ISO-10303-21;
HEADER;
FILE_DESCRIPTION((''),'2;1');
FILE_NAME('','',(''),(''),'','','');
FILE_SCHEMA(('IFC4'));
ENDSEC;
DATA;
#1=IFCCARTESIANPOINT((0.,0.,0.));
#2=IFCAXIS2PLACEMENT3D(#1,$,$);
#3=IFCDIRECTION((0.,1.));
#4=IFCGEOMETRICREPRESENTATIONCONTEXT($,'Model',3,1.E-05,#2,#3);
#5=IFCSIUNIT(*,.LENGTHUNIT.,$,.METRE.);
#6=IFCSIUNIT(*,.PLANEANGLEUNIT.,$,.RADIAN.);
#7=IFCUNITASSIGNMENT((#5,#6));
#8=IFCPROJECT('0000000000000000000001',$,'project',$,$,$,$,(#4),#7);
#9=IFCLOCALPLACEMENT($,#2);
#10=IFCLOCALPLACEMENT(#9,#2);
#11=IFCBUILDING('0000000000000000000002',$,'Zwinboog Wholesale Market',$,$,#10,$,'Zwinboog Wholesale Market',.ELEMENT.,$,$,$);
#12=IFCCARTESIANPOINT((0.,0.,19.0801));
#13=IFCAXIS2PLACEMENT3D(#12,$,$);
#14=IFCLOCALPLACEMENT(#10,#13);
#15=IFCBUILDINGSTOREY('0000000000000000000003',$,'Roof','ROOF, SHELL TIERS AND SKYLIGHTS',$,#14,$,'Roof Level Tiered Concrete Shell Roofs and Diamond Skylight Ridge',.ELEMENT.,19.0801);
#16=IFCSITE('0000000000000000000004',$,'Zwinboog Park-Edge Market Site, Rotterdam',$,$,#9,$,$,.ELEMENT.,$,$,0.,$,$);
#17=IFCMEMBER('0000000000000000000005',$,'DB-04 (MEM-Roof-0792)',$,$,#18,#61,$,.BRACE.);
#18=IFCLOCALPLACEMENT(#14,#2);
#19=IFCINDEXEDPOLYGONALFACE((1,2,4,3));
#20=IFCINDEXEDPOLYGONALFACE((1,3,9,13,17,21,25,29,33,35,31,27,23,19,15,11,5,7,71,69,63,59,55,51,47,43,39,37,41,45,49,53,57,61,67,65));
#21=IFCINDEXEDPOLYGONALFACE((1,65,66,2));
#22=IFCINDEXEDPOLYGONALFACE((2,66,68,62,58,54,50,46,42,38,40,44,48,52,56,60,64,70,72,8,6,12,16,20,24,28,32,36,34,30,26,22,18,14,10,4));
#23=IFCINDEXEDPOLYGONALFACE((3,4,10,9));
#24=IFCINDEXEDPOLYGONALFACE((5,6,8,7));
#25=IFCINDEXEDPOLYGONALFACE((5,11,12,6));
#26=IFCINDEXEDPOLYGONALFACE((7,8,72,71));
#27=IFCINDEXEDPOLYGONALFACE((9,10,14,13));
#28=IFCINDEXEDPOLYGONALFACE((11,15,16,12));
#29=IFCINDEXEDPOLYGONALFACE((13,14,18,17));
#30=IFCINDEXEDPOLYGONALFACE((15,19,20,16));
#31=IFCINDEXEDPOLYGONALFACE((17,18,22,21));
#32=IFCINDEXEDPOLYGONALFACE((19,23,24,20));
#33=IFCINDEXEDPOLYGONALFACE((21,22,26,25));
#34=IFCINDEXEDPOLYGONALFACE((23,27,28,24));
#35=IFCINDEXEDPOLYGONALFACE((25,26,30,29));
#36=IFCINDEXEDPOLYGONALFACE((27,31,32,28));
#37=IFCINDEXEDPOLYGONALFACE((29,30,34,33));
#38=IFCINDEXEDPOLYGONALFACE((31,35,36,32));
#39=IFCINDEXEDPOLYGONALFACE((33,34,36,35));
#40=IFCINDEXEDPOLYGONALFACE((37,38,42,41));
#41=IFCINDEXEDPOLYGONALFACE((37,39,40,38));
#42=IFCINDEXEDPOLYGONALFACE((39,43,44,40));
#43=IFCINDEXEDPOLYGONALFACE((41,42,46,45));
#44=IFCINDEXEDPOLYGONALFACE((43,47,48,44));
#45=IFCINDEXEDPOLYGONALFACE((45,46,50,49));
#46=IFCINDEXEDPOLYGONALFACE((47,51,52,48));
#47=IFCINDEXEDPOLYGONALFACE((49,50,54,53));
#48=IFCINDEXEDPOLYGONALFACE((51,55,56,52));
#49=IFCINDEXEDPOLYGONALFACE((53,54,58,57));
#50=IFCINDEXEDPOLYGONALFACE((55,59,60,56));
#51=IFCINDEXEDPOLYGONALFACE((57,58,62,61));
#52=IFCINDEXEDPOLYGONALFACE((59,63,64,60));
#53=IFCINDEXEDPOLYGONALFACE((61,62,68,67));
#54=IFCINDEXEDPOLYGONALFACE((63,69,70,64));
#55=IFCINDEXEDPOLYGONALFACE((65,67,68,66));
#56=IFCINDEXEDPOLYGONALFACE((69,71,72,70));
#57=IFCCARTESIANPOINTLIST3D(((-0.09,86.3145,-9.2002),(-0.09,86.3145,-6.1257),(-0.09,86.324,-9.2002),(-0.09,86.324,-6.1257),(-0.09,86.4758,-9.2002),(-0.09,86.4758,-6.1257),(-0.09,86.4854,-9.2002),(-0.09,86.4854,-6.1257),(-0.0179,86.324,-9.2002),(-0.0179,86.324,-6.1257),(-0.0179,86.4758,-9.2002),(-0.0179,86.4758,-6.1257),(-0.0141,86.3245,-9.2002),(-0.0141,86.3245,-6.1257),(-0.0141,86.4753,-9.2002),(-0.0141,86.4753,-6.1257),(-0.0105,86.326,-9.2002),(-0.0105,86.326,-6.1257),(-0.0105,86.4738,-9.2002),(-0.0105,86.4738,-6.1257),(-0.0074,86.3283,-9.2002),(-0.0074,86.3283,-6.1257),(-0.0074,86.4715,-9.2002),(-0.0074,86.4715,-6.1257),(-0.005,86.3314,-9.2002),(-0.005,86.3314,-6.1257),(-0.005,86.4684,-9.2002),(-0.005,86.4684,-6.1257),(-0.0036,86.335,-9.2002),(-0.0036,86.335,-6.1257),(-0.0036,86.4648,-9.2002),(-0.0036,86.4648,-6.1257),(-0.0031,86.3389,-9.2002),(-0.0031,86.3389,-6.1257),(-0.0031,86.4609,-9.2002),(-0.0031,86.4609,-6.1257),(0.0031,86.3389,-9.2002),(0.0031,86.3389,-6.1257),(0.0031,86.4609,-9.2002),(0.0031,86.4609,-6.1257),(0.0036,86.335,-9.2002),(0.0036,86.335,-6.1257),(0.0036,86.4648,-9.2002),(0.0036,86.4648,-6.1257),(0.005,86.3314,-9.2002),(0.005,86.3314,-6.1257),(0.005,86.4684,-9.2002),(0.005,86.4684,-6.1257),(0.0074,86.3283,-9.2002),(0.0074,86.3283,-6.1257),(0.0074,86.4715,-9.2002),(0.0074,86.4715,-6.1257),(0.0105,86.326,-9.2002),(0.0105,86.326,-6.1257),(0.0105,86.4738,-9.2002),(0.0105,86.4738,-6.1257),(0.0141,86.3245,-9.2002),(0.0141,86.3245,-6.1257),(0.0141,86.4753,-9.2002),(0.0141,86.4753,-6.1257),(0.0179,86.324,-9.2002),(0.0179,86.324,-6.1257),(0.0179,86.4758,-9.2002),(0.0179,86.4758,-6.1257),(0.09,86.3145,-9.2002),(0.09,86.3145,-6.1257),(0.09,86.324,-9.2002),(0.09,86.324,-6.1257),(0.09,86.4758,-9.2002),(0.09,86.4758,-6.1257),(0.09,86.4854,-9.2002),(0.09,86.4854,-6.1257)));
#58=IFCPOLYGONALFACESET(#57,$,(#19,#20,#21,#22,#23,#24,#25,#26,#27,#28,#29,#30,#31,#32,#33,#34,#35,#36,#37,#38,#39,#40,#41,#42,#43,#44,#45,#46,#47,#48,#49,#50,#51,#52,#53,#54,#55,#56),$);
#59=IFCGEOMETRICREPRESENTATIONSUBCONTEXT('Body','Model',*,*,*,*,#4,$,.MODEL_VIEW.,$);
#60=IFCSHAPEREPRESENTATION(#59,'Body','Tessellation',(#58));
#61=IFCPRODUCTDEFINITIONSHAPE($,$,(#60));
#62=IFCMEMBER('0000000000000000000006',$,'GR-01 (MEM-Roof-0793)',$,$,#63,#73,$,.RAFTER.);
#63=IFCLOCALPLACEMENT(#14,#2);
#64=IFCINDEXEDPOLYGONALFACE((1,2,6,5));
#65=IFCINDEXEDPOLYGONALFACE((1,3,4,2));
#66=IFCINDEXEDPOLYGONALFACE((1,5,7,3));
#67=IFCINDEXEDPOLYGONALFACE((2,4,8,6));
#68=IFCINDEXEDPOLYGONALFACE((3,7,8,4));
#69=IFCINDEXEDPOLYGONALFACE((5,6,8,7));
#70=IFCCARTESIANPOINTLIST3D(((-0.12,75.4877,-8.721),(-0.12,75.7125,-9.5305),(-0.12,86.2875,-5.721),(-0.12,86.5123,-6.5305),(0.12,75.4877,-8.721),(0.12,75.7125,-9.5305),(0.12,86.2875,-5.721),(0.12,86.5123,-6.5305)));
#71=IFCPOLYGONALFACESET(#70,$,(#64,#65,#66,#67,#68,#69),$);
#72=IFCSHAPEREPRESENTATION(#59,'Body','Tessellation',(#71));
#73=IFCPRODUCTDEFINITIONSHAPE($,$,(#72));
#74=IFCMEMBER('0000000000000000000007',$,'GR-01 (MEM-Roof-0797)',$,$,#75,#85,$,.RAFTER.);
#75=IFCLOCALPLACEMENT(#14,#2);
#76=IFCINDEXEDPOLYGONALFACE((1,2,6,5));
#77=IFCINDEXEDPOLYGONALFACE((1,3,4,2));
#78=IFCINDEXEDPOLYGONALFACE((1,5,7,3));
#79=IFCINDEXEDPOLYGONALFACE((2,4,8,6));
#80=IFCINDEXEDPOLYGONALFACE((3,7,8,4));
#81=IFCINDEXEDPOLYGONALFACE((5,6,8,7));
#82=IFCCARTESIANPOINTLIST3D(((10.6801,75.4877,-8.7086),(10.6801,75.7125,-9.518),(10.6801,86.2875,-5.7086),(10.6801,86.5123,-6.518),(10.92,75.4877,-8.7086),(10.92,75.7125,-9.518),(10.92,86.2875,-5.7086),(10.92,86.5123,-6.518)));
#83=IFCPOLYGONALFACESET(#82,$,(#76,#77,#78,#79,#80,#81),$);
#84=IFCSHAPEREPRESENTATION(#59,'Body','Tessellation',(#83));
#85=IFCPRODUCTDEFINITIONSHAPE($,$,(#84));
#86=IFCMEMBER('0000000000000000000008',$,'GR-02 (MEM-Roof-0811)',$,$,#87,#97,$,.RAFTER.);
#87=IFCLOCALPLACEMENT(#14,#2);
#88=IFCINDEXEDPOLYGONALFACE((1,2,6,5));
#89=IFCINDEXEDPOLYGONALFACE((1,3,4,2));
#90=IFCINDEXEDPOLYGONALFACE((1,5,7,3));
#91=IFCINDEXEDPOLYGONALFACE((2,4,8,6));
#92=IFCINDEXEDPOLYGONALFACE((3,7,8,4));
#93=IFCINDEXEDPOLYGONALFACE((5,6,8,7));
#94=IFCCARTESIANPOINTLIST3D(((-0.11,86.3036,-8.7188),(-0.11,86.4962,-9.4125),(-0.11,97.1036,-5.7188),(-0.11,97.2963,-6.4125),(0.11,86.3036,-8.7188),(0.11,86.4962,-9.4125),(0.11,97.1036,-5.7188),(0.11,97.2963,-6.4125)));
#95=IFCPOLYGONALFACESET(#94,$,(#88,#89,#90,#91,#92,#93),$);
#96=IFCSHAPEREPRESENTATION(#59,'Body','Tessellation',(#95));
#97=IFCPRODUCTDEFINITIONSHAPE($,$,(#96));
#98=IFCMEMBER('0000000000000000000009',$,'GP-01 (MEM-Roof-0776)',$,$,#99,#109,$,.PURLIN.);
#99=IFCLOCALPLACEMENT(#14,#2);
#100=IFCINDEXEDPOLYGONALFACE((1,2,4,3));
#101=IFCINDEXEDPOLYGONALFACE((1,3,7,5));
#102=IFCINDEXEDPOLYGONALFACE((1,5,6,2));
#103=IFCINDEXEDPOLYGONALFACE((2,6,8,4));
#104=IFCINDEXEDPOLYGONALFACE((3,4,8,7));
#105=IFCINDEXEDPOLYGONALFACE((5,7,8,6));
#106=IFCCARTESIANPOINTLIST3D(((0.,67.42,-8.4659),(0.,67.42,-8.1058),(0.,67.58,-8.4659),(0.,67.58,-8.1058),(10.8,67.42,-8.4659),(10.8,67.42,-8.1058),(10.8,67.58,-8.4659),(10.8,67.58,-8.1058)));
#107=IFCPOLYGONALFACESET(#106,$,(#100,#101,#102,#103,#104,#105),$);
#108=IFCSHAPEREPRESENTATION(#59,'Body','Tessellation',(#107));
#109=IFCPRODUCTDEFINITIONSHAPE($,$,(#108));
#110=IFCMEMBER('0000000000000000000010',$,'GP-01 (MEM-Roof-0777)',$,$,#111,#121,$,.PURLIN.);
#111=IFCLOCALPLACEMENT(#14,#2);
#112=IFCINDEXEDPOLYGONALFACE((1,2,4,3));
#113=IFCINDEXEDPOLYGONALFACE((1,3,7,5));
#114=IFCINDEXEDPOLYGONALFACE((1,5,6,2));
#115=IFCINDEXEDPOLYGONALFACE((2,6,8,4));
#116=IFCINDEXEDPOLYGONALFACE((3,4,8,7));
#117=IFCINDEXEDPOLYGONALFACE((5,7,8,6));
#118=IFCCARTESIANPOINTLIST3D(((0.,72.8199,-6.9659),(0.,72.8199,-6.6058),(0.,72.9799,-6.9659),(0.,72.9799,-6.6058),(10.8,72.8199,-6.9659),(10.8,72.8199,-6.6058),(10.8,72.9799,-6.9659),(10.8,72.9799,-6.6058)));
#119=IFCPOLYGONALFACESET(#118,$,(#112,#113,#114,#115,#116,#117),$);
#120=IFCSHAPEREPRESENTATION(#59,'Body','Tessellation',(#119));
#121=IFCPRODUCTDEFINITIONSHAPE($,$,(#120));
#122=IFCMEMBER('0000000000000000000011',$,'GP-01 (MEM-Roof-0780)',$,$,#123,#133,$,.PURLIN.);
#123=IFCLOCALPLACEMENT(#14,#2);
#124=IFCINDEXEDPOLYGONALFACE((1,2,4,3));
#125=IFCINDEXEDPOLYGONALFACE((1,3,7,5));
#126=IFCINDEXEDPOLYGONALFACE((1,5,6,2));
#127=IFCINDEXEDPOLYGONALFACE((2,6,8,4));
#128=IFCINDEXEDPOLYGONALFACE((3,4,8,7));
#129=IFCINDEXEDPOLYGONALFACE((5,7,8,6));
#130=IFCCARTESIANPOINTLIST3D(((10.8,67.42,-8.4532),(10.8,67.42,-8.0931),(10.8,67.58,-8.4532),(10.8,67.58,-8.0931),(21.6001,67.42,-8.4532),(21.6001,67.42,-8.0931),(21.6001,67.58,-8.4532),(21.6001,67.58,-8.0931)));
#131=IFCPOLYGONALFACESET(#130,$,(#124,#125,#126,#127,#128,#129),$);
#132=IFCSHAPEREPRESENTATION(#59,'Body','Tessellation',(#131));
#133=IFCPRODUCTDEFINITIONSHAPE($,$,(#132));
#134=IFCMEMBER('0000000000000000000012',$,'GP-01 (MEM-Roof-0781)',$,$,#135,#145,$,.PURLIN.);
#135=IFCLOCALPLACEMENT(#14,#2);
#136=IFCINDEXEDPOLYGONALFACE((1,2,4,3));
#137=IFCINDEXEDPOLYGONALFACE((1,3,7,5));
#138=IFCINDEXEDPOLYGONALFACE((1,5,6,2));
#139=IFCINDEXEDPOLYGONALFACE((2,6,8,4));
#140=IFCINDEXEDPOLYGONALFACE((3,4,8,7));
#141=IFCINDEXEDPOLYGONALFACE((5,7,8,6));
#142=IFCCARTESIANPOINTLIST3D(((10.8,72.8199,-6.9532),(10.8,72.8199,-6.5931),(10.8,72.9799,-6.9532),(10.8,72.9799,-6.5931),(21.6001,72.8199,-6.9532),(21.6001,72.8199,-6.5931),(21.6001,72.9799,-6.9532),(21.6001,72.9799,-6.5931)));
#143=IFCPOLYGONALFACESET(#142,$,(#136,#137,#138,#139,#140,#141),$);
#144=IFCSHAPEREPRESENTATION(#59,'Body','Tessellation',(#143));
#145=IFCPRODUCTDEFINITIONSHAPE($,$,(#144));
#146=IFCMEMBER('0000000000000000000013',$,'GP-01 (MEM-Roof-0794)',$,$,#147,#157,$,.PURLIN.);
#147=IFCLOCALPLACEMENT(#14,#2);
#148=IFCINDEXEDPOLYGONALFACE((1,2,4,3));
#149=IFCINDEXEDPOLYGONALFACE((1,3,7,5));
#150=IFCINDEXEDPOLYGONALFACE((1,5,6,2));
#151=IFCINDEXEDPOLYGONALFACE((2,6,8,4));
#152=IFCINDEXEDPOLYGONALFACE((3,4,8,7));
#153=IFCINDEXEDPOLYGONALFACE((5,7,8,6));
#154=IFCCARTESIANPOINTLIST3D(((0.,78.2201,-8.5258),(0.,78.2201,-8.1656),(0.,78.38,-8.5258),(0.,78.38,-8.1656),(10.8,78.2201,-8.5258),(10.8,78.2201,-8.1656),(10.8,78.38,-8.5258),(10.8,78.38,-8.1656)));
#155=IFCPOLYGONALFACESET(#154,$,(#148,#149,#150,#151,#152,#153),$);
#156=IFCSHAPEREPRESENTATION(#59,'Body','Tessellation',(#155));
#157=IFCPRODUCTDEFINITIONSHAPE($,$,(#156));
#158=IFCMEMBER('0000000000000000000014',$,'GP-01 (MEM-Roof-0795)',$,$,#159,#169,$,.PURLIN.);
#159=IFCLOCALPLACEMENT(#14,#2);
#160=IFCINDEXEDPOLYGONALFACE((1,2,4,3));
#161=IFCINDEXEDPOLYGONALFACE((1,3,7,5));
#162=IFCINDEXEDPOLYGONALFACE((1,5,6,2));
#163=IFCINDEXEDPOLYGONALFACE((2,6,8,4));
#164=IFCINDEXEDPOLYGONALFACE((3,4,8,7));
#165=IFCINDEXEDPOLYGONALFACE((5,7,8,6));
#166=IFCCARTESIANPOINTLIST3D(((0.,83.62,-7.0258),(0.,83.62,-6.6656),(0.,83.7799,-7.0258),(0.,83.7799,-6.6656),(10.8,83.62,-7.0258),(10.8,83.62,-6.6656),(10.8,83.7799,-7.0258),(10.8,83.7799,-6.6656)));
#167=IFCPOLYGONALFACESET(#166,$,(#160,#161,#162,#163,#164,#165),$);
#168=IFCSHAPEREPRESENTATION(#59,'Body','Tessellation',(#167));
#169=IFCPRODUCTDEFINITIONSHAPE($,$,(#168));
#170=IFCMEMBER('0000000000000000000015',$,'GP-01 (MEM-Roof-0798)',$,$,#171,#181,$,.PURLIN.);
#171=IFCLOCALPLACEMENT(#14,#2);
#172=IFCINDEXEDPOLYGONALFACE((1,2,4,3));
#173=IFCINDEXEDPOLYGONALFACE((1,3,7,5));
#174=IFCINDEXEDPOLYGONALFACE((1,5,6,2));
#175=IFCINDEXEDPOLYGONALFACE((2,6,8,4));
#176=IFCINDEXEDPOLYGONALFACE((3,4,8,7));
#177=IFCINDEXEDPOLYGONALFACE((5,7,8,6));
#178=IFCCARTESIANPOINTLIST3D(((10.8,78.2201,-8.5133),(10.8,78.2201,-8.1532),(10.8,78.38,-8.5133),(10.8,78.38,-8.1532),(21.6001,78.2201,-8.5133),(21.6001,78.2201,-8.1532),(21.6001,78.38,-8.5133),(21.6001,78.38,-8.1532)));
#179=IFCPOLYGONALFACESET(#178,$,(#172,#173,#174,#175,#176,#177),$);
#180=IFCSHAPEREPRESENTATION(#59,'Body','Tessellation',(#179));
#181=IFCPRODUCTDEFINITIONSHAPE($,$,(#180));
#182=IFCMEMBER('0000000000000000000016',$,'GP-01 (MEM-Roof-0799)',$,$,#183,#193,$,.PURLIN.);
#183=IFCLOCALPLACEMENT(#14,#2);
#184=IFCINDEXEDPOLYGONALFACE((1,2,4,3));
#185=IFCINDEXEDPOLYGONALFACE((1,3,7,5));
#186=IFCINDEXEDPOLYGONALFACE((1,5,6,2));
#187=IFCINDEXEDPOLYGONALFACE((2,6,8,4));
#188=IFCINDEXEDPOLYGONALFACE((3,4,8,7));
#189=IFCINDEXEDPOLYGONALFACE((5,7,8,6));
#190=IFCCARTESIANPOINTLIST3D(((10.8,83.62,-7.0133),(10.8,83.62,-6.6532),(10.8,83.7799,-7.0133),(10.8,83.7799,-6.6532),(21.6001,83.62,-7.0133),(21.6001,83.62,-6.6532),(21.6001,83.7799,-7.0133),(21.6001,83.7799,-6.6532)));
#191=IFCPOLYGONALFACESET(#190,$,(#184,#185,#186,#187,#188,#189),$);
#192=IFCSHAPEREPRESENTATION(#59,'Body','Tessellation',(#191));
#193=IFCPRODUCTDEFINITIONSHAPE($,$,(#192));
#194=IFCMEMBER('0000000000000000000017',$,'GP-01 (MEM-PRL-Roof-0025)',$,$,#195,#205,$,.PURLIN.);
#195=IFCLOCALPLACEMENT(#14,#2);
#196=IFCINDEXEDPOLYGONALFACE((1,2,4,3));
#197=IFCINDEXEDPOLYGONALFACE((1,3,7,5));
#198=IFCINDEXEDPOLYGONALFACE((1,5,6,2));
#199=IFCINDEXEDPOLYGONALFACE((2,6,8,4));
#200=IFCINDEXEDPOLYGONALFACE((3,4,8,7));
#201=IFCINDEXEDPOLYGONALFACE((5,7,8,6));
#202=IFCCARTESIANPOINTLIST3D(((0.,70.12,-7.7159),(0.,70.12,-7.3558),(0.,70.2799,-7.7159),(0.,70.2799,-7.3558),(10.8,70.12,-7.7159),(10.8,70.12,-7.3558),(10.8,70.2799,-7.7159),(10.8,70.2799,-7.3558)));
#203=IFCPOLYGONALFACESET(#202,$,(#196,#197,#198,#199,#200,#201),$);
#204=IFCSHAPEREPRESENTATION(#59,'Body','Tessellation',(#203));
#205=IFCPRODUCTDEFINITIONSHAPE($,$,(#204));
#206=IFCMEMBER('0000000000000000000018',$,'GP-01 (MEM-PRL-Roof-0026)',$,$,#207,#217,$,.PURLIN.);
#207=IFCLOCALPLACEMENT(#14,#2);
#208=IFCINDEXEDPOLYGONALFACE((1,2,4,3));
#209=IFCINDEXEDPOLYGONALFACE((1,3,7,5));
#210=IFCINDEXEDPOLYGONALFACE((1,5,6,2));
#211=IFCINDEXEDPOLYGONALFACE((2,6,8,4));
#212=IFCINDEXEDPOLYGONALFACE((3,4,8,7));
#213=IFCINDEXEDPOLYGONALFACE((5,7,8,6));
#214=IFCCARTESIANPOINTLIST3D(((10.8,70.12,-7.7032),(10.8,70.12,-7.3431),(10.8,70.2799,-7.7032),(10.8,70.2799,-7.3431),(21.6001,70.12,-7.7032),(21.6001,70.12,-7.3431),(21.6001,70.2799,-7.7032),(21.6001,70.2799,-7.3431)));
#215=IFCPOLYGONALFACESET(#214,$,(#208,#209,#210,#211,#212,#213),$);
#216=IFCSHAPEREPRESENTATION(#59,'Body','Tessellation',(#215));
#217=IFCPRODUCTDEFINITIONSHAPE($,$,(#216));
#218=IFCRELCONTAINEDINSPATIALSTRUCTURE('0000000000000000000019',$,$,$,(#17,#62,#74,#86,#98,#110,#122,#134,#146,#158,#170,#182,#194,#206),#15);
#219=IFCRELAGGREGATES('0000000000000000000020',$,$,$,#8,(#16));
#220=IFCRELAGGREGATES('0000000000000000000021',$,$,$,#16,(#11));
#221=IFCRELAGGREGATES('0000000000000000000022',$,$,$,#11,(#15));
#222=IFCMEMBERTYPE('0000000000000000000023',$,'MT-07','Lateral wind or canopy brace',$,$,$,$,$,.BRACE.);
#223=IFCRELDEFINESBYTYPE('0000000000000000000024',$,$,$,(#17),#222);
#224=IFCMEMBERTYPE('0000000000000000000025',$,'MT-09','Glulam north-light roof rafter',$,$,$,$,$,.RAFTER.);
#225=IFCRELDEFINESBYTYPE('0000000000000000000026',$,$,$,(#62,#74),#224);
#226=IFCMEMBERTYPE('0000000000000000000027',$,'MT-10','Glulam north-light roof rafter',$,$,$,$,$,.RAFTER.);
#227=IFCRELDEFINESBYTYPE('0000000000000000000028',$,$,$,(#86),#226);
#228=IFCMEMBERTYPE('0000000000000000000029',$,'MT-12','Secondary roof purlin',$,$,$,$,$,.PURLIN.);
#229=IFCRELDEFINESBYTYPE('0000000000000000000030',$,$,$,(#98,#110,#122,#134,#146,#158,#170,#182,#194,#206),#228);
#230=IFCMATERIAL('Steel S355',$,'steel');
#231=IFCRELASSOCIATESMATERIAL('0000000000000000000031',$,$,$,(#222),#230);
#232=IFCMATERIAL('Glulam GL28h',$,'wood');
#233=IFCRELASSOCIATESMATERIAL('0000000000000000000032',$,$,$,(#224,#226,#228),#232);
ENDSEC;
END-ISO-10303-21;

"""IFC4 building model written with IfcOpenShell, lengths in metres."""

from ifc_helpers import new_model, si_unit, direction, frame, origin, origin_2d, place, context, subcontext, project, spatial, rectangle, i_section, extrude, material, material_profile, profile_set, type_object, element, save


model = new_model("IFC4")

# Units and contexts
model_context = context("Model", 3, precision=1e-05, world=origin(), true_north=direction((0.0, 1.0)))
body_context = subcontext(model_context, "Body", "Model", "MODEL_VIEW")
ifc_project = project(units=[si_unit("LENGTHUNIT", "METRE"), si_unit("PLANEANGLEUNIT", "RADIAN")], contexts=[model_context])

# Site, building, storey
site_placement = place(None, origin())
site = spatial("IfcSite", under=ifc_project, at=site_placement, Name="Zwinboog Park-Edge Market Site, Rotterdam", CompositionType="ELEMENT", RefElevation=0.0)
building_placement = place(site_placement, origin())
building = spatial("IfcBuilding", under=site, at=building_placement, Name="Zwinboog Wholesale Market", LongName="Zwinboog Wholesale Market", CompositionType="ELEMENT")
storey_placement = place(building_placement, frame((0.0, 0.0, 19.0801)))
storey = spatial("IfcBuildingStorey", under=building, at=storey_placement, Name="Roof", Description="ROOF, SHELL TIERS AND SKYLIGHTS", LongName="Roof Level Tiered Concrete Shell Roofs and Diamond Skylight Ridge", CompositionType="ELEMENT", Elevation=19.0801)

# Members
ifc_material_1 = material(Name="Steel S355", Category="steel")
ifc_material_profile_1 = material_profile(ifc_material_1, i_section(OverallWidth=0.1799, OverallDepth=0.1709, WebThickness=0.0061, FlangeThickness=0.0095, FilletRadius=0.0149, at=origin_2d()), Name="HEA 180")
ifc_profile_set_1 = profile_set([ifc_material_profile_1], Name="Steel S355")
member_type_1 = type_object("IfcMemberType", Name="MT-07", Description="Lateral wind or canopy brace", PredefinedType="BRACE", material=ifc_profile_set_1)
member_1_placement = place(storey_placement, frame((0.0, 86.3999, -9.2002), z_axis=(0.0, 0.0, 1.0), x_axis=(1.0, 0.0, 0.0)))
element("IfcMember", 1, at=member_1_placement, inside=storey, type_object=member_type_1, Name="DB-04 (MEM-Roof-0792)", PredefinedType="BRACE", context=body_context, shape_type="SweptSolid", body=[
    extrude(i_section(OverallWidth=0.1799, OverallDepth=0.1709, WebThickness=0.0061, FlangeThickness=0.0095, FilletRadius=0.0149, at=origin_2d()), origin(), (0.0, 0.0, 1.0), 3.0745),
])
ifc_material_2 = material(Name="Glulam GL28h", Category="wood")
ifc_material_profile_2 = material_profile(ifc_material_2, rectangle(XDim=0.24, YDim=0.8401, at=origin_2d()), Name="GL28h 240x840")
ifc_profile_set_2 = profile_set([ifc_material_profile_2], Name="Glulam GL28h")
member_type_2 = type_object("IfcMemberType", Name="MT-09", Description="Glulam north-light roof rafter", PredefinedType="RAFTER", material=ifc_profile_set_2)
for number, where, z_axis, x_axis, name in (
    (2, (0.0, 75.6001, -9.1257), (0.0, 0.963517, 0.267648), (-1.0, 0.0, 0.0), "GR-01 (MEM-Roof-0793)"),
    (3, (10.8, 75.6001, -9.1133), (0.0, 0.963517, 0.267648), (-1.0, 0.0, 0.0), "GR-01 (MEM-Roof-0797)"),
):
    element("IfcMember", number, at=place(storey_placement, frame(where, z_axis=z_axis, x_axis=x_axis)), inside=storey, type_object=member_type_2, Name=name, PredefinedType="RAFTER", context=body_context, shape_type="SweptSolid", body=[
        extrude(rectangle(XDim=0.24, YDim=0.8401, at=origin_2d()), origin(), (0.0, 0.0, 1.0), 11.2087),
    ])
ifc_material_profile_3 = material_profile(ifc_material_2, rectangle(XDim=0.22, YDim=0.72, at=origin_2d()), Name="GL28h 220x720")
ifc_profile_set_3 = profile_set([ifc_material_profile_3], Name="Glulam GL28h")
member_type_3 = type_object("IfcMemberType", Name="MT-10", Description="Glulam north-light roof rafter", PredefinedType="RAFTER", material=ifc_profile_set_3)
member_2_placement = place(storey_placement, frame((0.0, 86.3999, -9.0657), z_axis=(0.0, 0.963518, 0.267643), x_axis=(-1.0, 0.0, 0.0)))
element("IfcMember", 4, at=member_2_placement, inside=storey, type_object=member_type_3, Name="GR-02 (MEM-Roof-0811)", PredefinedType="RAFTER", context=body_context, shape_type="SweptSolid", body=[
    extrude(rectangle(XDim=0.22, YDim=0.72, at=origin_2d()), origin(), (0.0, 0.0, 1.0), 11.209),
])
ifc_material_profile_4 = material_profile(ifc_material_2, rectangle(XDim=0.1599, YDim=0.3601, at=origin_2d()), Name="GL28h 160x360")
ifc_profile_set_4 = profile_set([ifc_material_profile_4], Name="Glulam GL28h")
member_type_4 = type_object("IfcMemberType", Name="MT-12", Description="Secondary roof purlin", PredefinedType="PURLIN", material=ifc_profile_set_4)
for number, where, z_axis, x_axis, name in (
    (5, (0.0, 67.5, -8.2859), (1.0, 0.0, 0.0), (0.0, 1.0, 0.0), "GP-01 (MEM-Roof-0776)"),
    (6, (0.0, 72.8999, -6.7859), (1.0, 0.0, 0.0), (0.0, 1.0, 0.0), "GP-01 (MEM-Roof-0777)"),
    (7, (10.8, 67.5, -8.2732), (1.0, 0.0, 0.0), (0.0, 1.0, 0.0), "GP-01 (MEM-Roof-0780)"),
    (8, (10.8, 72.8999, -6.7732), (1.0, 0.0, 0.0), (0.0, 1.0, 0.0), "GP-01 (MEM-Roof-0781)"),
    (9, (0.0, 78.3, -8.3457), (1.0, 0.0, 0.0), (0.0, 1.0, 0.0), "GP-01 (MEM-Roof-0794)"),
    (10, (0.0, 83.7, -6.8457), (1.0, 0.0, 0.0), (0.0, 1.0, 0.0), "GP-01 (MEM-Roof-0795)"),
    (11, (10.8, 78.3, -8.3333), (1.0, 0.0, 0.0), (0.0, 1.0, 0.0), "GP-01 (MEM-Roof-0798)"),
    (12, (10.8, 83.7, -6.8333), (1.0, 0.0, 0.0), (0.0, 1.0, 0.0), "GP-01 (MEM-Roof-0799)"),
    (13, (0.0, 70.2, -7.5359), (1.0, 0.0, 0.0), (0.0, 1.0, 0.0), "GP-01 (MEM-PRL-Roof-0025)"),
    (14, (10.8, 70.2, -7.5232), (1.0, 0.0, 0.0), (0.0, 1.0, 0.0), "GP-01 (MEM-PRL-Roof-0026)"),
):
    element("IfcMember", number, at=place(storey_placement, frame(where, z_axis=z_axis, x_axis=x_axis)), inside=storey, type_object=member_type_4, Name=name, PredefinedType="PURLIN", context=body_context, shape_type="SweptSolid", body=[
        extrude(rectangle(XDim=0.1599, YDim=0.3601, at=origin_2d()), origin(), (0.0, 0.0, 1.0), 10.8),
    ])

save(model, "model.ifc")
